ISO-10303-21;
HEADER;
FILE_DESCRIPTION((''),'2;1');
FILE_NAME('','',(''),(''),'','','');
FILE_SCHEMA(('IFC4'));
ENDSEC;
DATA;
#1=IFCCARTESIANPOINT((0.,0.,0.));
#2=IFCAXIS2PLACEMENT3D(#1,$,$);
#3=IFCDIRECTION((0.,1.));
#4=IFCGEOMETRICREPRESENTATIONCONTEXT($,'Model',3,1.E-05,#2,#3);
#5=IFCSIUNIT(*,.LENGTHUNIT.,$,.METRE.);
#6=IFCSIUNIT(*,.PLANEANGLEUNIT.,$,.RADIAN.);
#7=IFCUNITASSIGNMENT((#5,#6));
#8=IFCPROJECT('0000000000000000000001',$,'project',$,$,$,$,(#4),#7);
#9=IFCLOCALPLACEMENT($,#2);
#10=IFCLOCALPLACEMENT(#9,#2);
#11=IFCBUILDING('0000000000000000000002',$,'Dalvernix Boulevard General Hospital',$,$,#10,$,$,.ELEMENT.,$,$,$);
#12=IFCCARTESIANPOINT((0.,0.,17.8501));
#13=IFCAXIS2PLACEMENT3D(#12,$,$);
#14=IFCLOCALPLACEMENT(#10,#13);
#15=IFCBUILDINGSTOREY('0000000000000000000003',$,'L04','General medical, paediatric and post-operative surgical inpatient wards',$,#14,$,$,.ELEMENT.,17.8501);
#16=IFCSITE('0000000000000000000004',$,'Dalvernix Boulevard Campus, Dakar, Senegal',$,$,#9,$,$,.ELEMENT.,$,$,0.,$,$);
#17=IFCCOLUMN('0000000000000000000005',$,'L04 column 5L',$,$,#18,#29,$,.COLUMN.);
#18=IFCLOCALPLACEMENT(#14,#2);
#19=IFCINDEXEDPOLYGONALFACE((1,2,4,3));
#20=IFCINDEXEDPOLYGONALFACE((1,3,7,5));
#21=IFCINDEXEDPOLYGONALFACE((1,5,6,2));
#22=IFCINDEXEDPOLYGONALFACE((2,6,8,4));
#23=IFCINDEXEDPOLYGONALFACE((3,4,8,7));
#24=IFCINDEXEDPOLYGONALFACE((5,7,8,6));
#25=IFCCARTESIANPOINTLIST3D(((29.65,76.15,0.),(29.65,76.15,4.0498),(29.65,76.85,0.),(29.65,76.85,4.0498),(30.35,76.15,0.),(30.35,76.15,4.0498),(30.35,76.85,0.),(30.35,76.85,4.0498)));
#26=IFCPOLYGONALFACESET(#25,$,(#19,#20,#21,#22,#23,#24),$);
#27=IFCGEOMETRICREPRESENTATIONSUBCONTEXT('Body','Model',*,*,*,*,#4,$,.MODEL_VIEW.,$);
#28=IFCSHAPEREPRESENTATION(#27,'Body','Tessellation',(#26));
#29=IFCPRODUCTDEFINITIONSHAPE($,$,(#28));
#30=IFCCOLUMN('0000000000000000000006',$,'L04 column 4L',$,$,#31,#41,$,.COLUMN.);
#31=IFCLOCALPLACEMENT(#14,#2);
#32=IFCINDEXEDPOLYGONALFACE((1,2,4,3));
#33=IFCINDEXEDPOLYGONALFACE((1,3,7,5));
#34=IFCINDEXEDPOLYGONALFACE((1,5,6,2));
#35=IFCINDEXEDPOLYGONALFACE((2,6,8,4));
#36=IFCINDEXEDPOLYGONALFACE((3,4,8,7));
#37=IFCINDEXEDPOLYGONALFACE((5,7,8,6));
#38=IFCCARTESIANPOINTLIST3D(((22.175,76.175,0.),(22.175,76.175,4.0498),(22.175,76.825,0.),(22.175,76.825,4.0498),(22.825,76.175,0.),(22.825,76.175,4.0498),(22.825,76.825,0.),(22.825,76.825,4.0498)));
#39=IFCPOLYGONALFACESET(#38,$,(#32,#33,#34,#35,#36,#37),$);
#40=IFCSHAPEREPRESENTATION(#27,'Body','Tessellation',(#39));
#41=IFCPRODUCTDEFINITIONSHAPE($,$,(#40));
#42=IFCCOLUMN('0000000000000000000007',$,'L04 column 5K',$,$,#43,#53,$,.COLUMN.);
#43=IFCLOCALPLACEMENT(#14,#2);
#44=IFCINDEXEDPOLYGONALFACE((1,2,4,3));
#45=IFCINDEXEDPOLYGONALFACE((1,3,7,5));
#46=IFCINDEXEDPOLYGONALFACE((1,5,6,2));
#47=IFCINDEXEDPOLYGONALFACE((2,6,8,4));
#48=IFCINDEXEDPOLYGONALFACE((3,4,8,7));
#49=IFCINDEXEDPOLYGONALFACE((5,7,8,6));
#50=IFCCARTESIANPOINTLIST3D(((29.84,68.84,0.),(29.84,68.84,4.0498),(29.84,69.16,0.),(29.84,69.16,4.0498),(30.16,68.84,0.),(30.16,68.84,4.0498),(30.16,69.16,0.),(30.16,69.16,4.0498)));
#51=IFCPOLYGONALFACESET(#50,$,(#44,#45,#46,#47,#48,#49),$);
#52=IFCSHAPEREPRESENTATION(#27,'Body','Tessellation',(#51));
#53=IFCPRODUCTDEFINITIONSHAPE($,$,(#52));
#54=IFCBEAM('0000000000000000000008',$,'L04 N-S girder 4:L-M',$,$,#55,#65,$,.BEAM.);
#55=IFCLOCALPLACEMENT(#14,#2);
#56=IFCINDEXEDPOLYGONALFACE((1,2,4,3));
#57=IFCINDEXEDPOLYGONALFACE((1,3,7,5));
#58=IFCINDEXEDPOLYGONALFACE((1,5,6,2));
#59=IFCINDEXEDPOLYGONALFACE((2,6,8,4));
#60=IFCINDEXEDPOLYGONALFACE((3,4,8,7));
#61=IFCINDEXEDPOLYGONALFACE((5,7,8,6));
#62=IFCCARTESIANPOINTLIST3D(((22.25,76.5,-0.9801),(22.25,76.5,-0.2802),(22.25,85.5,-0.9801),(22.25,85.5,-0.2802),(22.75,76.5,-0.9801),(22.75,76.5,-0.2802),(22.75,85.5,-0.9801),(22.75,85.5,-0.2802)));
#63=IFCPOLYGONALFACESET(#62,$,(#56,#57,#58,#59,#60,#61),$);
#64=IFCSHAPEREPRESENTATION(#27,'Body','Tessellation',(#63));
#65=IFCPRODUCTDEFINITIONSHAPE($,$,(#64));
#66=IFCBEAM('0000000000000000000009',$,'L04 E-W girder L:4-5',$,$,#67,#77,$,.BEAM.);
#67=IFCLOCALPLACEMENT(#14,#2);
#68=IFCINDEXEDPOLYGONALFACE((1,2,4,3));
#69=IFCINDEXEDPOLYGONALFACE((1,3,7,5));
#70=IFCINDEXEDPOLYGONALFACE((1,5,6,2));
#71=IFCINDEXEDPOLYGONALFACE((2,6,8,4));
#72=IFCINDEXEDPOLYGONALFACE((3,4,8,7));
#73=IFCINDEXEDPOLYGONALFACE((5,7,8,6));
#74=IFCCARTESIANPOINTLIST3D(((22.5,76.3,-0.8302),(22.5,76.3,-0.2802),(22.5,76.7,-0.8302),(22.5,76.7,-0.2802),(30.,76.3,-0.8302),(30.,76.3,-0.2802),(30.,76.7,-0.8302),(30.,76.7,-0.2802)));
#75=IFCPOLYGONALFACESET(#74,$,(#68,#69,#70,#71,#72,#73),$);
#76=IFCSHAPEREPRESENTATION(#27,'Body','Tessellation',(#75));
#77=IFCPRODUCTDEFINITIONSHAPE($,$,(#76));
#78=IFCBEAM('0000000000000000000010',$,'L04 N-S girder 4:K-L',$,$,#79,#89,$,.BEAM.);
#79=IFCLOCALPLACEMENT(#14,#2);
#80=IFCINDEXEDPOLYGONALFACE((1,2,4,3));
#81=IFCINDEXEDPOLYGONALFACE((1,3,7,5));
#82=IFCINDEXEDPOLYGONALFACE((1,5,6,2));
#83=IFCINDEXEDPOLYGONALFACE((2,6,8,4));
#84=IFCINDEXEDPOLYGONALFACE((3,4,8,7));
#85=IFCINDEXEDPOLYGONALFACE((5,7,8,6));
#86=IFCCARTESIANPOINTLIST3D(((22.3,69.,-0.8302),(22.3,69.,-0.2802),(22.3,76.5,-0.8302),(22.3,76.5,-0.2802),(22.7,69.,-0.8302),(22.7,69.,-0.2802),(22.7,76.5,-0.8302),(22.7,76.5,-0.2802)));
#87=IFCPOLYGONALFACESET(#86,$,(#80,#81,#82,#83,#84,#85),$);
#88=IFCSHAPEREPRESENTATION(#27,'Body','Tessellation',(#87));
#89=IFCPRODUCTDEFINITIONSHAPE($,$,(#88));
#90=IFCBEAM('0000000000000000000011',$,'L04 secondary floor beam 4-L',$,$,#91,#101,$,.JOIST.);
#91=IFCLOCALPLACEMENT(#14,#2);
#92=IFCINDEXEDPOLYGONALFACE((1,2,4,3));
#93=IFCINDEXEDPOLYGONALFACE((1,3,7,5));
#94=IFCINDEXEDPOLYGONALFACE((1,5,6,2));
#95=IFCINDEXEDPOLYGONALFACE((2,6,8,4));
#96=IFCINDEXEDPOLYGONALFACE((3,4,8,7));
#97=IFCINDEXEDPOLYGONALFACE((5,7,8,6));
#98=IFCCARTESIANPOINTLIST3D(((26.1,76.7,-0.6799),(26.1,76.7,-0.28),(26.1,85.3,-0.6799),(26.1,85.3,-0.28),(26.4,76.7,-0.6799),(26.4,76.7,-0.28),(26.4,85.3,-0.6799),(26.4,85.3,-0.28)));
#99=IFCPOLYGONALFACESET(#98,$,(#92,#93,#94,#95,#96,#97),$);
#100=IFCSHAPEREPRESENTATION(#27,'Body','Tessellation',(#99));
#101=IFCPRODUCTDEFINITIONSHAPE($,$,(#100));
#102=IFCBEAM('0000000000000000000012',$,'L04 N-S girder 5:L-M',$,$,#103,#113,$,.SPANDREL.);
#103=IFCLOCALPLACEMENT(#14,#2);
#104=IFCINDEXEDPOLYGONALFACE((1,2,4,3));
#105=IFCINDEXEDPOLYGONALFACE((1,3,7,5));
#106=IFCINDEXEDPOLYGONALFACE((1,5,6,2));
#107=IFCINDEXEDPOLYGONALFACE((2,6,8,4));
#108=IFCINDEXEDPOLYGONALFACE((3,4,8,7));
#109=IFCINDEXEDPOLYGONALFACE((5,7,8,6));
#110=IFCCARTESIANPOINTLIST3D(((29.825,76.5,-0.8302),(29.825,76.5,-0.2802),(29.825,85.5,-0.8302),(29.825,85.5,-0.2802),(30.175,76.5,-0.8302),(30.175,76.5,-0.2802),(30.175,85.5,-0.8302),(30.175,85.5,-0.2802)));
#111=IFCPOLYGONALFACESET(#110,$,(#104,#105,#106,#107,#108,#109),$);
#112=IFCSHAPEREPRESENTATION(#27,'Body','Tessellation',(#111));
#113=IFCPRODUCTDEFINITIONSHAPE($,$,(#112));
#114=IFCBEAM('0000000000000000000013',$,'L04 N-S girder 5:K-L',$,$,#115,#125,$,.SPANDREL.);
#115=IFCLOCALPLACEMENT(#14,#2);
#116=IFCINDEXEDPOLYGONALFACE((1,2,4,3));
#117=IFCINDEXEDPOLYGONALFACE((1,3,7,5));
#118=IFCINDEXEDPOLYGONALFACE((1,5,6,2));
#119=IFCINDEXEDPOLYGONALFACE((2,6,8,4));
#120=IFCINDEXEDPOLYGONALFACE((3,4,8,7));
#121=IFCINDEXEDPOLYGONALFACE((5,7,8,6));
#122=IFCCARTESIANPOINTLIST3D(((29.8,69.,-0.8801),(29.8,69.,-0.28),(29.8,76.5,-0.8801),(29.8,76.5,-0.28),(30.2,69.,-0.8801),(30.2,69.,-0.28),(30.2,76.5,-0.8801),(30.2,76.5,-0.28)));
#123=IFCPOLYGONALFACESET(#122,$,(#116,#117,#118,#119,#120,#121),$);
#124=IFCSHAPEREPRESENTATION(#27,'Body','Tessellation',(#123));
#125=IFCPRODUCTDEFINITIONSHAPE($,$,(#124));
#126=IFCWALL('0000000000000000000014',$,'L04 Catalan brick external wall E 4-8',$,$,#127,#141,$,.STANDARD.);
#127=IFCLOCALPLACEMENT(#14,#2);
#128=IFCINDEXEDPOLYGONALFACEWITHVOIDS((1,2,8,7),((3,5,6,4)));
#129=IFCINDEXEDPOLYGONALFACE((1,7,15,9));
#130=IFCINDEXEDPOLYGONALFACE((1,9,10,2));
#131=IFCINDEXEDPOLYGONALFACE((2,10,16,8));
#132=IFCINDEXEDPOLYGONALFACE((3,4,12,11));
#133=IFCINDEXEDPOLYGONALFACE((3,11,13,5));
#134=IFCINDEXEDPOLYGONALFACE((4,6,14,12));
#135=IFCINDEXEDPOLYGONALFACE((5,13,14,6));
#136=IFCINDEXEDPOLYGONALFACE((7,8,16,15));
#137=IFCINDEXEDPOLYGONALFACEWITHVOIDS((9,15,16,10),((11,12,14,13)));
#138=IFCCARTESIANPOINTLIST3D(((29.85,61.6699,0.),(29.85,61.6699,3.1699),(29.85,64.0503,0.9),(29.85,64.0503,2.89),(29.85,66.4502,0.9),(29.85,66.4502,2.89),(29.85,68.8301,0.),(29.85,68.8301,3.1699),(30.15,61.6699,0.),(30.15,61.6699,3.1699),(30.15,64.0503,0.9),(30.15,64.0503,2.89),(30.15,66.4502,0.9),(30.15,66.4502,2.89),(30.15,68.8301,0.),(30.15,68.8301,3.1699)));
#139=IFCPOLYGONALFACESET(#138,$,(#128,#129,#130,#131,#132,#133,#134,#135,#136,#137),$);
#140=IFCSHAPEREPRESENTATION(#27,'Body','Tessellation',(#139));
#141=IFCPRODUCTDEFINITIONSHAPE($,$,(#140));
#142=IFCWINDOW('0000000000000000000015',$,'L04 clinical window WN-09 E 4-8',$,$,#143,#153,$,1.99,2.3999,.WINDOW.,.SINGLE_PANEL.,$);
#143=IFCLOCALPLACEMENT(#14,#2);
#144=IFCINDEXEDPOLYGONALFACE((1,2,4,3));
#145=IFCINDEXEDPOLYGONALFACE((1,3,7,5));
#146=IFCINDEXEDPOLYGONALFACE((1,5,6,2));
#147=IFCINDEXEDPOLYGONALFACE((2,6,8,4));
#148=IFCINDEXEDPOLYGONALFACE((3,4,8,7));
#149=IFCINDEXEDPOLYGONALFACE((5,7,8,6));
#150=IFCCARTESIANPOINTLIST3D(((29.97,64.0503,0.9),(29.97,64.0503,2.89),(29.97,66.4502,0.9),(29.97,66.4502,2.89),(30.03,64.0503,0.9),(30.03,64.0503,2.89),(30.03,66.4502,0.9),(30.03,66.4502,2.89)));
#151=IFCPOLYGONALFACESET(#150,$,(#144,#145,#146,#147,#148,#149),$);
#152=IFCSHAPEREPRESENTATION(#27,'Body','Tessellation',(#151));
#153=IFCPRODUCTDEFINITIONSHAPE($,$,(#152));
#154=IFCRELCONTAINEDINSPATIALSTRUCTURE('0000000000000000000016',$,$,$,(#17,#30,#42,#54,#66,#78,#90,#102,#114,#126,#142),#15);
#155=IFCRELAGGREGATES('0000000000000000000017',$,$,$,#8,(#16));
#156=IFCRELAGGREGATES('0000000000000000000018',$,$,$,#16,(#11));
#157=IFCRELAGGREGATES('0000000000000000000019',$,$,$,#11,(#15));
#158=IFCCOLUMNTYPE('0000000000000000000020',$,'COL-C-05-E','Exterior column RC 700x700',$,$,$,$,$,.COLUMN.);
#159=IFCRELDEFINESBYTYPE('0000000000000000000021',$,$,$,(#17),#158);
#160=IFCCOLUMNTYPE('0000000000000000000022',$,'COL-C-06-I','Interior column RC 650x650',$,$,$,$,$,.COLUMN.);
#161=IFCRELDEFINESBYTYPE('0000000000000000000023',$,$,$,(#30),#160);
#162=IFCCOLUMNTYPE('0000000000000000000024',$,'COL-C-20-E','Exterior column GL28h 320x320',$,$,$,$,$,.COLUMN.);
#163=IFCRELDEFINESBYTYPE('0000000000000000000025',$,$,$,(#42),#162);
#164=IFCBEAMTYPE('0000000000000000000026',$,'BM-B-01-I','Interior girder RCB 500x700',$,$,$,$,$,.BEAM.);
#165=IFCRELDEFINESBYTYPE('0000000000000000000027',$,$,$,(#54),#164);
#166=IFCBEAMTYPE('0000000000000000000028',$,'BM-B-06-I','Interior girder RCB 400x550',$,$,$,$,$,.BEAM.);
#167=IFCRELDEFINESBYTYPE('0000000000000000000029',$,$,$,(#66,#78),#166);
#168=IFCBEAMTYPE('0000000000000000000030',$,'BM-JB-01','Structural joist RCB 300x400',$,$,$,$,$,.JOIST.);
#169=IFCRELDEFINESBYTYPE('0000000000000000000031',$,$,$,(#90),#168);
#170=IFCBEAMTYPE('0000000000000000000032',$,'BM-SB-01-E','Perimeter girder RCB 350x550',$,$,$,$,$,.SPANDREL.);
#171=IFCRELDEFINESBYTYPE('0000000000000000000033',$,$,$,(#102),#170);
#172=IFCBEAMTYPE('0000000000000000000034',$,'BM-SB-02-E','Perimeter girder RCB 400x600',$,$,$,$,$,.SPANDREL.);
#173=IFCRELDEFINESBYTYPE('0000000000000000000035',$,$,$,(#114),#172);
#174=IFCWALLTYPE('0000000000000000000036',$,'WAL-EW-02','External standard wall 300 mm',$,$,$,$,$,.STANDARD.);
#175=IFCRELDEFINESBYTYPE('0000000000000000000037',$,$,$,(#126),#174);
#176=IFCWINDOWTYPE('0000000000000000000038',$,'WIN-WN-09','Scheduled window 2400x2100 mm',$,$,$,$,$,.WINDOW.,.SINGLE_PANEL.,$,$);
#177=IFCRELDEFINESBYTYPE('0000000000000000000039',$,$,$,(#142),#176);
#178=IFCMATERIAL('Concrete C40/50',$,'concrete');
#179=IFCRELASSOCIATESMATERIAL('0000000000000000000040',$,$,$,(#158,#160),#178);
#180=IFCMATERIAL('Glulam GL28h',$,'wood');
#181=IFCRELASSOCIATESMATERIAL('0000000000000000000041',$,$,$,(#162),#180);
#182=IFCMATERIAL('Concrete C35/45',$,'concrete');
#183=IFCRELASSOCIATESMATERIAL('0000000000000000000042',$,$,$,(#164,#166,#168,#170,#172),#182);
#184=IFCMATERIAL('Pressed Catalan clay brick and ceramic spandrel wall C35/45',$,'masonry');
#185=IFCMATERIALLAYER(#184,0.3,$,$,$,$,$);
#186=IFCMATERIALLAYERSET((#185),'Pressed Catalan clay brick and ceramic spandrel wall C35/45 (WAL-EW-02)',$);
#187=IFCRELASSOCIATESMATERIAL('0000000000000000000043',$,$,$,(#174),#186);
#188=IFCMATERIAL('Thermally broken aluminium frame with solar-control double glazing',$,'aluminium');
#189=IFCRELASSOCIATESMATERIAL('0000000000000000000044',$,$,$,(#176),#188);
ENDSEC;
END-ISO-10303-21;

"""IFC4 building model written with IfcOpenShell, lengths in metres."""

from ifc_helpers import new_model, si_unit, direction, frame, frame_2d, origin, origin_2d, place, context, subcontext, project, spatial, rectangle, extrude, material, layer, layer_set, material_profile, profile_set, type_object, element, fill, save


model = new_model("IFC4")

# Units and contexts
model_context = context("Model", 3, precision=1e-05, world=origin(), true_north=direction((0.0, 1.0)))
body_context = subcontext(model_context, "Body", "Model", "MODEL_VIEW")
ifc_project = project(units=[si_unit("LENGTHUNIT", "METRE"), si_unit("PLANEANGLEUNIT", "RADIAN")], contexts=[model_context])

# Site, building, storey
site_placement = place(None, origin())
site = spatial("IfcSite", under=ifc_project, at=site_placement, Name="Dalvernix Boulevard Campus, Dakar, Senegal", CompositionType="ELEMENT", RefElevation=0.0)
building_placement = place(site_placement, origin())
building = spatial("IfcBuilding", under=site, at=building_placement, Name="Dalvernix Boulevard General Hospital", CompositionType="ELEMENT")
storey_placement = place(building_placement, frame((0.0, 0.0, 17.8501)))
storey = spatial("IfcBuildingStorey", under=building, at=storey_placement, Name="L04", Description="General medical, paediatric and post-operative surgical inpatient wards", CompositionType="ELEMENT", Elevation=17.8501)

# Columns
ifc_material_1 = material(Name="Concrete C40/50", Category="concrete")
ifc_material_profile_1 = material_profile(ifc_material_1, rectangle(XDim=0.7, YDim=0.7, at=origin_2d()), Name="RC 700x700")
ifc_profile_set_1 = profile_set([ifc_material_profile_1], Name="Concrete C40/50")
column_type_1 = type_object("IfcColumnType", Name="COL-C-05-E", Description="Exterior column RC 700x700", PredefinedType="COLUMN", material=ifc_profile_set_1)
column_1_placement = place(storey_placement, frame((30.0, 76.5, 0.0), z_axis=(0.0, 0.0, 1.0), x_axis=(1.0, 0.0, 0.0)))
element("IfcColumn", 1, at=column_1_placement, inside=storey, type_object=column_type_1, Name="L04 column 5L", PredefinedType="COLUMN", context=body_context, shape_type="SweptSolid", body=[
    extrude(rectangle(XDim=0.7, YDim=0.7, at=origin_2d()), origin(), (0.0, 0.0, 1.0), 4.0498),
])
ifc_material_profile_2 = material_profile(ifc_material_1, rectangle(XDim=0.6499, YDim=0.6499, at=origin_2d()), Name="RC 650x650")
ifc_profile_set_2 = profile_set([ifc_material_profile_2], Name="Concrete C40/50")
column_type_2 = type_object("IfcColumnType", Name="COL-C-06-I", Description="Interior column RC 650x650", PredefinedType="COLUMN", material=ifc_profile_set_2)
column_2_placement = place(storey_placement, frame((22.5, 76.5, 0.0), z_axis=(0.0, 0.0, 1.0), x_axis=(1.0, 0.0, 0.0)))
element("IfcColumn", 2, at=column_2_placement, inside=storey, type_object=column_type_2, Name="L04 column 4L", PredefinedType="COLUMN", context=body_context, shape_type="SweptSolid", body=[
    extrude(rectangle(XDim=0.6499, YDim=0.6499, at=origin_2d()), origin(), (0.0, 0.0, 1.0), 4.0498),
])
ifc_material_2 = material(Name="Glulam GL28h", Category="wood")
ifc_material_profile_3 = material_profile(ifc_material_2, rectangle(XDim=0.3201, YDim=0.3201, at=origin_2d()), Name="GL28h 320x320")
ifc_profile_set_3 = profile_set([ifc_material_profile_3], Name="Glulam GL28h")
column_type_3 = type_object("IfcColumnType", Name="COL-C-20-E", Description="Exterior column GL28h 320x320", PredefinedType="COLUMN", material=ifc_profile_set_3)
column_3_placement = place(storey_placement, frame((30.0, 69.0, 0.0), z_axis=(0.0, 0.0, 1.0), x_axis=(1.0, 0.0, 0.0)))
element("IfcColumn", 3, at=column_3_placement, inside=storey, type_object=column_type_3, Name="L04 column 5K", PredefinedType="COLUMN", context=body_context, shape_type="SweptSolid", body=[
    extrude(rectangle(XDim=0.3201, YDim=0.3201, at=origin_2d()), origin(), (0.0, 0.0, 1.0), 4.0498),
])

# Beams
ifc_material_3 = material(Name="Concrete C35/45", Category="concrete")
ifc_material_profile_4 = material_profile(ifc_material_3, rectangle(XDim=0.5, YDim=0.7, at=origin_2d()), Name="RCB 500x700")
ifc_profile_set_4 = profile_set([ifc_material_profile_4], Name="Concrete C35/45")
beam_type_1 = type_object("IfcBeamType", Name="BM-B-01-I", Description="Interior girder RCB 500x700", PredefinedType="BEAM", material=ifc_profile_set_4)
beam_1_placement = place(storey_placement, frame((22.5, 76.5, -0.6301), z_axis=(0.0, 1.0, 0.0), x_axis=(-1.0, 0.0, 0.0)))
element("IfcBeam", 4, at=beam_1_placement, inside=storey, type_object=beam_type_1, Name="L04 N-S girder 4:L-M", PredefinedType="BEAM", context=body_context, shape_type="SweptSolid", body=[
    extrude(rectangle(XDim=0.5, YDim=0.7, at=origin_2d()), origin(), (0.0, 0.0, 1.0), 9.0),
])
ifc_material_profile_5 = material_profile(ifc_material_3, rectangle(XDim=0.3999, YDim=0.55, at=origin_2d()), Name="RCB 400x550")
ifc_profile_set_5 = profile_set([ifc_material_profile_5], Name="Concrete C35/45")
beam_type_2 = type_object("IfcBeamType", Name="BM-B-06-I", Description="Interior girder RCB 400x550", PredefinedType="BEAM", material=ifc_profile_set_5)
for number, where, z_axis, x_axis, name in (
    (5, (22.5, 76.5, -0.5552), (1.0, 0.0, 0.0), (0.0, 1.0, 0.0), "L04 E-W girder L:4-5"),
    (6, (22.5, 69.0, -0.5552), (0.0, 1.0, 0.0), (-1.0, 0.0, 0.0), "L04 N-S girder 4:K-L"),
):
    element("IfcBeam", number, at=place(storey_placement, frame(where, z_axis=z_axis, x_axis=x_axis)), inside=storey, type_object=beam_type_2, Name=name, PredefinedType="BEAM", context=body_context, shape_type="SweptSolid", body=[
        extrude(rectangle(XDim=0.3999, YDim=0.55, at=origin_2d()), origin(), (0.0, 0.0, 1.0), 7.5),
    ])
ifc_material_profile_6 = material_profile(ifc_material_3, rectangle(XDim=0.3, YDim=0.3999, at=origin_2d()), Name="RCB 300x400")
ifc_profile_set_6 = profile_set([ifc_material_profile_6], Name="Concrete C35/45")
beam_type_3 = type_object("IfcBeamType", Name="BM-JB-01", Description="Structural joist RCB 300x400", PredefinedType="JOIST", material=ifc_profile_set_6)
beam_2_placement = place(storey_placement, frame((26.25, 76.7, -0.48), z_axis=(0.0, 1.0, 0.0), x_axis=(-1.0, 0.0, 0.0)))
element("IfcBeam", 7, at=beam_2_placement, inside=storey, type_object=beam_type_3, Name="L04 secondary floor beam 4-L", PredefinedType="JOIST", context=body_context, shape_type="SweptSolid", body=[
    extrude(rectangle(XDim=0.3, YDim=0.3999, at=origin_2d()), origin(), (0.0, 0.0, 1.0), 8.6001),
])
ifc_material_profile_7 = material_profile(ifc_material_3, rectangle(XDim=0.3501, YDim=0.55, at=origin_2d()), Name="RCB 350x550")
ifc_profile_set_7 = profile_set([ifc_material_profile_7], Name="Concrete C35/45")
beam_type_4 = type_object("IfcBeamType", Name="BM-SB-01-E", Description="Perimeter girder RCB 350x550", PredefinedType="SPANDREL", material=ifc_profile_set_7)
beam_3_placement = place(storey_placement, frame((30.0, 76.5, -0.5552), z_axis=(0.0, 1.0, 0.0), x_axis=(-1.0, 0.0, 0.0)))
element("IfcBeam", 8, at=beam_3_placement, inside=storey, type_object=beam_type_4, Name="L04 N-S girder 5:L-M", PredefinedType="SPANDREL", context=body_context, shape_type="SweptSolid", body=[
    extrude(rectangle(XDim=0.3501, YDim=0.55, at=origin_2d()), origin(), (0.0, 0.0, 1.0), 9.0),
])
ifc_material_profile_8 = material_profile(ifc_material_3, rectangle(XDim=0.3999, YDim=0.6001, at=origin_2d()), Name="RCB 400x600")
ifc_profile_set_8 = profile_set([ifc_material_profile_8], Name="Concrete C35/45")
beam_type_5 = type_object("IfcBeamType", Name="BM-SB-02-E", Description="Perimeter girder RCB 400x600", PredefinedType="SPANDREL", material=ifc_profile_set_8)
beam_4_placement = place(storey_placement, frame((30.0, 69.0, -0.5801), z_axis=(0.0, 1.0, 0.0), x_axis=(-1.0, 0.0, 0.0)))
element("IfcBeam", 9, at=beam_4_placement, inside=storey, type_object=beam_type_5, Name="L04 N-S girder 5:K-L", PredefinedType="SPANDREL", context=body_context, shape_type="SweptSolid", body=[
    extrude(rectangle(XDim=0.3999, YDim=0.6001, at=origin_2d()), origin(), (0.0, 0.0, 1.0), 7.5),
])

# Wall, opening, window
ifc_material_4 = material(Name="Pressed Catalan clay brick and ceramic spandrel wall C35/45", Category="masonry")
ifc_layer_1 = layer(ifc_material_4, 0.3)
ifc_layer_set_1 = layer_set([ifc_layer_1], Name="Pressed Catalan clay brick and ceramic spandrel wall C35/45 (WAL-EW-02)")
wall_type = type_object("IfcWallType", Name="WAL-EW-02", Description="External standard wall 300 mm", PredefinedType="STANDARD", material=ifc_layer_set_1)
wall_1_placement = place(storey_placement, frame((30.0, 68.8301, 0.0), z_axis=(0.0, 0.0, 1.0), x_axis=(0.0, -1.0, 0.0)))
wall_1 = element("IfcWall", 10, at=wall_1_placement, inside=storey, type_object=wall_type, Name="L04 Catalan brick external wall E 4-8", PredefinedType="STANDARD", context=body_context, shape_type="SweptSolid", body=[
    extrude(rectangle(XDim=7.1602, YDim=0.3, at=frame_2d((3.5801, 0.0))), origin(), (0.0, 0.0, 1.0), 3.1699),
])
opening_1_placement = place(wall_1_placement, frame((2.3799, 0.0, 0.8999)))
opening_1 = element("IfcOpeningElement", 11, at=opening_1_placement, cuts=wall_1, PredefinedType="OPENING", context=body_context, shape_type="SweptSolid", body=[
    extrude(rectangle(XDim=2.3999, YDim=1.99, at=frame_2d((1.2, 0.9951))), frame((0.0, 0.1599, 0.0), z_axis=(0.0, -1.0, 0.0), x_axis=(1.0, 0.0, 0.0)), (0.0, 0.0, 1.0), 0.3201),
])
ifc_material_5 = material(Name="Thermally broken aluminium frame with solar-control double glazing", Category="aluminium")
window_type_1 = type_object("IfcWindowType", Name="WIN-WN-09", Description="Scheduled window 2400x2100 mm", PartitioningType="SINGLE_PANEL", PredefinedType="WINDOW", material=ifc_material_5)
window_1_placement = place(opening_1_placement, origin())
window_1 = element("IfcWindow", 12, at=window_1_placement, inside=storey, type_object=window_type_1, Name="L04 clinical window WN-09 E 4-8", OverallHeight=1.99, OverallWidth=2.3999, PartitioningType="SINGLE_PANEL", PredefinedType="WINDOW", context=body_context, shape_type="SweptSolid", body=[
    extrude(rectangle(XDim=2.3999, YDim=1.99, at=frame_2d((1.2, 0.9951))), frame((0.0, 0.03, 0.0), z_axis=(0.0, -1.0, 0.0), x_axis=(1.0, 0.0, 0.0)), (0.0, 0.0, 1.0), 0.0601),
])
fill(opening_1, window_1)

save(model, "model.ifc")
